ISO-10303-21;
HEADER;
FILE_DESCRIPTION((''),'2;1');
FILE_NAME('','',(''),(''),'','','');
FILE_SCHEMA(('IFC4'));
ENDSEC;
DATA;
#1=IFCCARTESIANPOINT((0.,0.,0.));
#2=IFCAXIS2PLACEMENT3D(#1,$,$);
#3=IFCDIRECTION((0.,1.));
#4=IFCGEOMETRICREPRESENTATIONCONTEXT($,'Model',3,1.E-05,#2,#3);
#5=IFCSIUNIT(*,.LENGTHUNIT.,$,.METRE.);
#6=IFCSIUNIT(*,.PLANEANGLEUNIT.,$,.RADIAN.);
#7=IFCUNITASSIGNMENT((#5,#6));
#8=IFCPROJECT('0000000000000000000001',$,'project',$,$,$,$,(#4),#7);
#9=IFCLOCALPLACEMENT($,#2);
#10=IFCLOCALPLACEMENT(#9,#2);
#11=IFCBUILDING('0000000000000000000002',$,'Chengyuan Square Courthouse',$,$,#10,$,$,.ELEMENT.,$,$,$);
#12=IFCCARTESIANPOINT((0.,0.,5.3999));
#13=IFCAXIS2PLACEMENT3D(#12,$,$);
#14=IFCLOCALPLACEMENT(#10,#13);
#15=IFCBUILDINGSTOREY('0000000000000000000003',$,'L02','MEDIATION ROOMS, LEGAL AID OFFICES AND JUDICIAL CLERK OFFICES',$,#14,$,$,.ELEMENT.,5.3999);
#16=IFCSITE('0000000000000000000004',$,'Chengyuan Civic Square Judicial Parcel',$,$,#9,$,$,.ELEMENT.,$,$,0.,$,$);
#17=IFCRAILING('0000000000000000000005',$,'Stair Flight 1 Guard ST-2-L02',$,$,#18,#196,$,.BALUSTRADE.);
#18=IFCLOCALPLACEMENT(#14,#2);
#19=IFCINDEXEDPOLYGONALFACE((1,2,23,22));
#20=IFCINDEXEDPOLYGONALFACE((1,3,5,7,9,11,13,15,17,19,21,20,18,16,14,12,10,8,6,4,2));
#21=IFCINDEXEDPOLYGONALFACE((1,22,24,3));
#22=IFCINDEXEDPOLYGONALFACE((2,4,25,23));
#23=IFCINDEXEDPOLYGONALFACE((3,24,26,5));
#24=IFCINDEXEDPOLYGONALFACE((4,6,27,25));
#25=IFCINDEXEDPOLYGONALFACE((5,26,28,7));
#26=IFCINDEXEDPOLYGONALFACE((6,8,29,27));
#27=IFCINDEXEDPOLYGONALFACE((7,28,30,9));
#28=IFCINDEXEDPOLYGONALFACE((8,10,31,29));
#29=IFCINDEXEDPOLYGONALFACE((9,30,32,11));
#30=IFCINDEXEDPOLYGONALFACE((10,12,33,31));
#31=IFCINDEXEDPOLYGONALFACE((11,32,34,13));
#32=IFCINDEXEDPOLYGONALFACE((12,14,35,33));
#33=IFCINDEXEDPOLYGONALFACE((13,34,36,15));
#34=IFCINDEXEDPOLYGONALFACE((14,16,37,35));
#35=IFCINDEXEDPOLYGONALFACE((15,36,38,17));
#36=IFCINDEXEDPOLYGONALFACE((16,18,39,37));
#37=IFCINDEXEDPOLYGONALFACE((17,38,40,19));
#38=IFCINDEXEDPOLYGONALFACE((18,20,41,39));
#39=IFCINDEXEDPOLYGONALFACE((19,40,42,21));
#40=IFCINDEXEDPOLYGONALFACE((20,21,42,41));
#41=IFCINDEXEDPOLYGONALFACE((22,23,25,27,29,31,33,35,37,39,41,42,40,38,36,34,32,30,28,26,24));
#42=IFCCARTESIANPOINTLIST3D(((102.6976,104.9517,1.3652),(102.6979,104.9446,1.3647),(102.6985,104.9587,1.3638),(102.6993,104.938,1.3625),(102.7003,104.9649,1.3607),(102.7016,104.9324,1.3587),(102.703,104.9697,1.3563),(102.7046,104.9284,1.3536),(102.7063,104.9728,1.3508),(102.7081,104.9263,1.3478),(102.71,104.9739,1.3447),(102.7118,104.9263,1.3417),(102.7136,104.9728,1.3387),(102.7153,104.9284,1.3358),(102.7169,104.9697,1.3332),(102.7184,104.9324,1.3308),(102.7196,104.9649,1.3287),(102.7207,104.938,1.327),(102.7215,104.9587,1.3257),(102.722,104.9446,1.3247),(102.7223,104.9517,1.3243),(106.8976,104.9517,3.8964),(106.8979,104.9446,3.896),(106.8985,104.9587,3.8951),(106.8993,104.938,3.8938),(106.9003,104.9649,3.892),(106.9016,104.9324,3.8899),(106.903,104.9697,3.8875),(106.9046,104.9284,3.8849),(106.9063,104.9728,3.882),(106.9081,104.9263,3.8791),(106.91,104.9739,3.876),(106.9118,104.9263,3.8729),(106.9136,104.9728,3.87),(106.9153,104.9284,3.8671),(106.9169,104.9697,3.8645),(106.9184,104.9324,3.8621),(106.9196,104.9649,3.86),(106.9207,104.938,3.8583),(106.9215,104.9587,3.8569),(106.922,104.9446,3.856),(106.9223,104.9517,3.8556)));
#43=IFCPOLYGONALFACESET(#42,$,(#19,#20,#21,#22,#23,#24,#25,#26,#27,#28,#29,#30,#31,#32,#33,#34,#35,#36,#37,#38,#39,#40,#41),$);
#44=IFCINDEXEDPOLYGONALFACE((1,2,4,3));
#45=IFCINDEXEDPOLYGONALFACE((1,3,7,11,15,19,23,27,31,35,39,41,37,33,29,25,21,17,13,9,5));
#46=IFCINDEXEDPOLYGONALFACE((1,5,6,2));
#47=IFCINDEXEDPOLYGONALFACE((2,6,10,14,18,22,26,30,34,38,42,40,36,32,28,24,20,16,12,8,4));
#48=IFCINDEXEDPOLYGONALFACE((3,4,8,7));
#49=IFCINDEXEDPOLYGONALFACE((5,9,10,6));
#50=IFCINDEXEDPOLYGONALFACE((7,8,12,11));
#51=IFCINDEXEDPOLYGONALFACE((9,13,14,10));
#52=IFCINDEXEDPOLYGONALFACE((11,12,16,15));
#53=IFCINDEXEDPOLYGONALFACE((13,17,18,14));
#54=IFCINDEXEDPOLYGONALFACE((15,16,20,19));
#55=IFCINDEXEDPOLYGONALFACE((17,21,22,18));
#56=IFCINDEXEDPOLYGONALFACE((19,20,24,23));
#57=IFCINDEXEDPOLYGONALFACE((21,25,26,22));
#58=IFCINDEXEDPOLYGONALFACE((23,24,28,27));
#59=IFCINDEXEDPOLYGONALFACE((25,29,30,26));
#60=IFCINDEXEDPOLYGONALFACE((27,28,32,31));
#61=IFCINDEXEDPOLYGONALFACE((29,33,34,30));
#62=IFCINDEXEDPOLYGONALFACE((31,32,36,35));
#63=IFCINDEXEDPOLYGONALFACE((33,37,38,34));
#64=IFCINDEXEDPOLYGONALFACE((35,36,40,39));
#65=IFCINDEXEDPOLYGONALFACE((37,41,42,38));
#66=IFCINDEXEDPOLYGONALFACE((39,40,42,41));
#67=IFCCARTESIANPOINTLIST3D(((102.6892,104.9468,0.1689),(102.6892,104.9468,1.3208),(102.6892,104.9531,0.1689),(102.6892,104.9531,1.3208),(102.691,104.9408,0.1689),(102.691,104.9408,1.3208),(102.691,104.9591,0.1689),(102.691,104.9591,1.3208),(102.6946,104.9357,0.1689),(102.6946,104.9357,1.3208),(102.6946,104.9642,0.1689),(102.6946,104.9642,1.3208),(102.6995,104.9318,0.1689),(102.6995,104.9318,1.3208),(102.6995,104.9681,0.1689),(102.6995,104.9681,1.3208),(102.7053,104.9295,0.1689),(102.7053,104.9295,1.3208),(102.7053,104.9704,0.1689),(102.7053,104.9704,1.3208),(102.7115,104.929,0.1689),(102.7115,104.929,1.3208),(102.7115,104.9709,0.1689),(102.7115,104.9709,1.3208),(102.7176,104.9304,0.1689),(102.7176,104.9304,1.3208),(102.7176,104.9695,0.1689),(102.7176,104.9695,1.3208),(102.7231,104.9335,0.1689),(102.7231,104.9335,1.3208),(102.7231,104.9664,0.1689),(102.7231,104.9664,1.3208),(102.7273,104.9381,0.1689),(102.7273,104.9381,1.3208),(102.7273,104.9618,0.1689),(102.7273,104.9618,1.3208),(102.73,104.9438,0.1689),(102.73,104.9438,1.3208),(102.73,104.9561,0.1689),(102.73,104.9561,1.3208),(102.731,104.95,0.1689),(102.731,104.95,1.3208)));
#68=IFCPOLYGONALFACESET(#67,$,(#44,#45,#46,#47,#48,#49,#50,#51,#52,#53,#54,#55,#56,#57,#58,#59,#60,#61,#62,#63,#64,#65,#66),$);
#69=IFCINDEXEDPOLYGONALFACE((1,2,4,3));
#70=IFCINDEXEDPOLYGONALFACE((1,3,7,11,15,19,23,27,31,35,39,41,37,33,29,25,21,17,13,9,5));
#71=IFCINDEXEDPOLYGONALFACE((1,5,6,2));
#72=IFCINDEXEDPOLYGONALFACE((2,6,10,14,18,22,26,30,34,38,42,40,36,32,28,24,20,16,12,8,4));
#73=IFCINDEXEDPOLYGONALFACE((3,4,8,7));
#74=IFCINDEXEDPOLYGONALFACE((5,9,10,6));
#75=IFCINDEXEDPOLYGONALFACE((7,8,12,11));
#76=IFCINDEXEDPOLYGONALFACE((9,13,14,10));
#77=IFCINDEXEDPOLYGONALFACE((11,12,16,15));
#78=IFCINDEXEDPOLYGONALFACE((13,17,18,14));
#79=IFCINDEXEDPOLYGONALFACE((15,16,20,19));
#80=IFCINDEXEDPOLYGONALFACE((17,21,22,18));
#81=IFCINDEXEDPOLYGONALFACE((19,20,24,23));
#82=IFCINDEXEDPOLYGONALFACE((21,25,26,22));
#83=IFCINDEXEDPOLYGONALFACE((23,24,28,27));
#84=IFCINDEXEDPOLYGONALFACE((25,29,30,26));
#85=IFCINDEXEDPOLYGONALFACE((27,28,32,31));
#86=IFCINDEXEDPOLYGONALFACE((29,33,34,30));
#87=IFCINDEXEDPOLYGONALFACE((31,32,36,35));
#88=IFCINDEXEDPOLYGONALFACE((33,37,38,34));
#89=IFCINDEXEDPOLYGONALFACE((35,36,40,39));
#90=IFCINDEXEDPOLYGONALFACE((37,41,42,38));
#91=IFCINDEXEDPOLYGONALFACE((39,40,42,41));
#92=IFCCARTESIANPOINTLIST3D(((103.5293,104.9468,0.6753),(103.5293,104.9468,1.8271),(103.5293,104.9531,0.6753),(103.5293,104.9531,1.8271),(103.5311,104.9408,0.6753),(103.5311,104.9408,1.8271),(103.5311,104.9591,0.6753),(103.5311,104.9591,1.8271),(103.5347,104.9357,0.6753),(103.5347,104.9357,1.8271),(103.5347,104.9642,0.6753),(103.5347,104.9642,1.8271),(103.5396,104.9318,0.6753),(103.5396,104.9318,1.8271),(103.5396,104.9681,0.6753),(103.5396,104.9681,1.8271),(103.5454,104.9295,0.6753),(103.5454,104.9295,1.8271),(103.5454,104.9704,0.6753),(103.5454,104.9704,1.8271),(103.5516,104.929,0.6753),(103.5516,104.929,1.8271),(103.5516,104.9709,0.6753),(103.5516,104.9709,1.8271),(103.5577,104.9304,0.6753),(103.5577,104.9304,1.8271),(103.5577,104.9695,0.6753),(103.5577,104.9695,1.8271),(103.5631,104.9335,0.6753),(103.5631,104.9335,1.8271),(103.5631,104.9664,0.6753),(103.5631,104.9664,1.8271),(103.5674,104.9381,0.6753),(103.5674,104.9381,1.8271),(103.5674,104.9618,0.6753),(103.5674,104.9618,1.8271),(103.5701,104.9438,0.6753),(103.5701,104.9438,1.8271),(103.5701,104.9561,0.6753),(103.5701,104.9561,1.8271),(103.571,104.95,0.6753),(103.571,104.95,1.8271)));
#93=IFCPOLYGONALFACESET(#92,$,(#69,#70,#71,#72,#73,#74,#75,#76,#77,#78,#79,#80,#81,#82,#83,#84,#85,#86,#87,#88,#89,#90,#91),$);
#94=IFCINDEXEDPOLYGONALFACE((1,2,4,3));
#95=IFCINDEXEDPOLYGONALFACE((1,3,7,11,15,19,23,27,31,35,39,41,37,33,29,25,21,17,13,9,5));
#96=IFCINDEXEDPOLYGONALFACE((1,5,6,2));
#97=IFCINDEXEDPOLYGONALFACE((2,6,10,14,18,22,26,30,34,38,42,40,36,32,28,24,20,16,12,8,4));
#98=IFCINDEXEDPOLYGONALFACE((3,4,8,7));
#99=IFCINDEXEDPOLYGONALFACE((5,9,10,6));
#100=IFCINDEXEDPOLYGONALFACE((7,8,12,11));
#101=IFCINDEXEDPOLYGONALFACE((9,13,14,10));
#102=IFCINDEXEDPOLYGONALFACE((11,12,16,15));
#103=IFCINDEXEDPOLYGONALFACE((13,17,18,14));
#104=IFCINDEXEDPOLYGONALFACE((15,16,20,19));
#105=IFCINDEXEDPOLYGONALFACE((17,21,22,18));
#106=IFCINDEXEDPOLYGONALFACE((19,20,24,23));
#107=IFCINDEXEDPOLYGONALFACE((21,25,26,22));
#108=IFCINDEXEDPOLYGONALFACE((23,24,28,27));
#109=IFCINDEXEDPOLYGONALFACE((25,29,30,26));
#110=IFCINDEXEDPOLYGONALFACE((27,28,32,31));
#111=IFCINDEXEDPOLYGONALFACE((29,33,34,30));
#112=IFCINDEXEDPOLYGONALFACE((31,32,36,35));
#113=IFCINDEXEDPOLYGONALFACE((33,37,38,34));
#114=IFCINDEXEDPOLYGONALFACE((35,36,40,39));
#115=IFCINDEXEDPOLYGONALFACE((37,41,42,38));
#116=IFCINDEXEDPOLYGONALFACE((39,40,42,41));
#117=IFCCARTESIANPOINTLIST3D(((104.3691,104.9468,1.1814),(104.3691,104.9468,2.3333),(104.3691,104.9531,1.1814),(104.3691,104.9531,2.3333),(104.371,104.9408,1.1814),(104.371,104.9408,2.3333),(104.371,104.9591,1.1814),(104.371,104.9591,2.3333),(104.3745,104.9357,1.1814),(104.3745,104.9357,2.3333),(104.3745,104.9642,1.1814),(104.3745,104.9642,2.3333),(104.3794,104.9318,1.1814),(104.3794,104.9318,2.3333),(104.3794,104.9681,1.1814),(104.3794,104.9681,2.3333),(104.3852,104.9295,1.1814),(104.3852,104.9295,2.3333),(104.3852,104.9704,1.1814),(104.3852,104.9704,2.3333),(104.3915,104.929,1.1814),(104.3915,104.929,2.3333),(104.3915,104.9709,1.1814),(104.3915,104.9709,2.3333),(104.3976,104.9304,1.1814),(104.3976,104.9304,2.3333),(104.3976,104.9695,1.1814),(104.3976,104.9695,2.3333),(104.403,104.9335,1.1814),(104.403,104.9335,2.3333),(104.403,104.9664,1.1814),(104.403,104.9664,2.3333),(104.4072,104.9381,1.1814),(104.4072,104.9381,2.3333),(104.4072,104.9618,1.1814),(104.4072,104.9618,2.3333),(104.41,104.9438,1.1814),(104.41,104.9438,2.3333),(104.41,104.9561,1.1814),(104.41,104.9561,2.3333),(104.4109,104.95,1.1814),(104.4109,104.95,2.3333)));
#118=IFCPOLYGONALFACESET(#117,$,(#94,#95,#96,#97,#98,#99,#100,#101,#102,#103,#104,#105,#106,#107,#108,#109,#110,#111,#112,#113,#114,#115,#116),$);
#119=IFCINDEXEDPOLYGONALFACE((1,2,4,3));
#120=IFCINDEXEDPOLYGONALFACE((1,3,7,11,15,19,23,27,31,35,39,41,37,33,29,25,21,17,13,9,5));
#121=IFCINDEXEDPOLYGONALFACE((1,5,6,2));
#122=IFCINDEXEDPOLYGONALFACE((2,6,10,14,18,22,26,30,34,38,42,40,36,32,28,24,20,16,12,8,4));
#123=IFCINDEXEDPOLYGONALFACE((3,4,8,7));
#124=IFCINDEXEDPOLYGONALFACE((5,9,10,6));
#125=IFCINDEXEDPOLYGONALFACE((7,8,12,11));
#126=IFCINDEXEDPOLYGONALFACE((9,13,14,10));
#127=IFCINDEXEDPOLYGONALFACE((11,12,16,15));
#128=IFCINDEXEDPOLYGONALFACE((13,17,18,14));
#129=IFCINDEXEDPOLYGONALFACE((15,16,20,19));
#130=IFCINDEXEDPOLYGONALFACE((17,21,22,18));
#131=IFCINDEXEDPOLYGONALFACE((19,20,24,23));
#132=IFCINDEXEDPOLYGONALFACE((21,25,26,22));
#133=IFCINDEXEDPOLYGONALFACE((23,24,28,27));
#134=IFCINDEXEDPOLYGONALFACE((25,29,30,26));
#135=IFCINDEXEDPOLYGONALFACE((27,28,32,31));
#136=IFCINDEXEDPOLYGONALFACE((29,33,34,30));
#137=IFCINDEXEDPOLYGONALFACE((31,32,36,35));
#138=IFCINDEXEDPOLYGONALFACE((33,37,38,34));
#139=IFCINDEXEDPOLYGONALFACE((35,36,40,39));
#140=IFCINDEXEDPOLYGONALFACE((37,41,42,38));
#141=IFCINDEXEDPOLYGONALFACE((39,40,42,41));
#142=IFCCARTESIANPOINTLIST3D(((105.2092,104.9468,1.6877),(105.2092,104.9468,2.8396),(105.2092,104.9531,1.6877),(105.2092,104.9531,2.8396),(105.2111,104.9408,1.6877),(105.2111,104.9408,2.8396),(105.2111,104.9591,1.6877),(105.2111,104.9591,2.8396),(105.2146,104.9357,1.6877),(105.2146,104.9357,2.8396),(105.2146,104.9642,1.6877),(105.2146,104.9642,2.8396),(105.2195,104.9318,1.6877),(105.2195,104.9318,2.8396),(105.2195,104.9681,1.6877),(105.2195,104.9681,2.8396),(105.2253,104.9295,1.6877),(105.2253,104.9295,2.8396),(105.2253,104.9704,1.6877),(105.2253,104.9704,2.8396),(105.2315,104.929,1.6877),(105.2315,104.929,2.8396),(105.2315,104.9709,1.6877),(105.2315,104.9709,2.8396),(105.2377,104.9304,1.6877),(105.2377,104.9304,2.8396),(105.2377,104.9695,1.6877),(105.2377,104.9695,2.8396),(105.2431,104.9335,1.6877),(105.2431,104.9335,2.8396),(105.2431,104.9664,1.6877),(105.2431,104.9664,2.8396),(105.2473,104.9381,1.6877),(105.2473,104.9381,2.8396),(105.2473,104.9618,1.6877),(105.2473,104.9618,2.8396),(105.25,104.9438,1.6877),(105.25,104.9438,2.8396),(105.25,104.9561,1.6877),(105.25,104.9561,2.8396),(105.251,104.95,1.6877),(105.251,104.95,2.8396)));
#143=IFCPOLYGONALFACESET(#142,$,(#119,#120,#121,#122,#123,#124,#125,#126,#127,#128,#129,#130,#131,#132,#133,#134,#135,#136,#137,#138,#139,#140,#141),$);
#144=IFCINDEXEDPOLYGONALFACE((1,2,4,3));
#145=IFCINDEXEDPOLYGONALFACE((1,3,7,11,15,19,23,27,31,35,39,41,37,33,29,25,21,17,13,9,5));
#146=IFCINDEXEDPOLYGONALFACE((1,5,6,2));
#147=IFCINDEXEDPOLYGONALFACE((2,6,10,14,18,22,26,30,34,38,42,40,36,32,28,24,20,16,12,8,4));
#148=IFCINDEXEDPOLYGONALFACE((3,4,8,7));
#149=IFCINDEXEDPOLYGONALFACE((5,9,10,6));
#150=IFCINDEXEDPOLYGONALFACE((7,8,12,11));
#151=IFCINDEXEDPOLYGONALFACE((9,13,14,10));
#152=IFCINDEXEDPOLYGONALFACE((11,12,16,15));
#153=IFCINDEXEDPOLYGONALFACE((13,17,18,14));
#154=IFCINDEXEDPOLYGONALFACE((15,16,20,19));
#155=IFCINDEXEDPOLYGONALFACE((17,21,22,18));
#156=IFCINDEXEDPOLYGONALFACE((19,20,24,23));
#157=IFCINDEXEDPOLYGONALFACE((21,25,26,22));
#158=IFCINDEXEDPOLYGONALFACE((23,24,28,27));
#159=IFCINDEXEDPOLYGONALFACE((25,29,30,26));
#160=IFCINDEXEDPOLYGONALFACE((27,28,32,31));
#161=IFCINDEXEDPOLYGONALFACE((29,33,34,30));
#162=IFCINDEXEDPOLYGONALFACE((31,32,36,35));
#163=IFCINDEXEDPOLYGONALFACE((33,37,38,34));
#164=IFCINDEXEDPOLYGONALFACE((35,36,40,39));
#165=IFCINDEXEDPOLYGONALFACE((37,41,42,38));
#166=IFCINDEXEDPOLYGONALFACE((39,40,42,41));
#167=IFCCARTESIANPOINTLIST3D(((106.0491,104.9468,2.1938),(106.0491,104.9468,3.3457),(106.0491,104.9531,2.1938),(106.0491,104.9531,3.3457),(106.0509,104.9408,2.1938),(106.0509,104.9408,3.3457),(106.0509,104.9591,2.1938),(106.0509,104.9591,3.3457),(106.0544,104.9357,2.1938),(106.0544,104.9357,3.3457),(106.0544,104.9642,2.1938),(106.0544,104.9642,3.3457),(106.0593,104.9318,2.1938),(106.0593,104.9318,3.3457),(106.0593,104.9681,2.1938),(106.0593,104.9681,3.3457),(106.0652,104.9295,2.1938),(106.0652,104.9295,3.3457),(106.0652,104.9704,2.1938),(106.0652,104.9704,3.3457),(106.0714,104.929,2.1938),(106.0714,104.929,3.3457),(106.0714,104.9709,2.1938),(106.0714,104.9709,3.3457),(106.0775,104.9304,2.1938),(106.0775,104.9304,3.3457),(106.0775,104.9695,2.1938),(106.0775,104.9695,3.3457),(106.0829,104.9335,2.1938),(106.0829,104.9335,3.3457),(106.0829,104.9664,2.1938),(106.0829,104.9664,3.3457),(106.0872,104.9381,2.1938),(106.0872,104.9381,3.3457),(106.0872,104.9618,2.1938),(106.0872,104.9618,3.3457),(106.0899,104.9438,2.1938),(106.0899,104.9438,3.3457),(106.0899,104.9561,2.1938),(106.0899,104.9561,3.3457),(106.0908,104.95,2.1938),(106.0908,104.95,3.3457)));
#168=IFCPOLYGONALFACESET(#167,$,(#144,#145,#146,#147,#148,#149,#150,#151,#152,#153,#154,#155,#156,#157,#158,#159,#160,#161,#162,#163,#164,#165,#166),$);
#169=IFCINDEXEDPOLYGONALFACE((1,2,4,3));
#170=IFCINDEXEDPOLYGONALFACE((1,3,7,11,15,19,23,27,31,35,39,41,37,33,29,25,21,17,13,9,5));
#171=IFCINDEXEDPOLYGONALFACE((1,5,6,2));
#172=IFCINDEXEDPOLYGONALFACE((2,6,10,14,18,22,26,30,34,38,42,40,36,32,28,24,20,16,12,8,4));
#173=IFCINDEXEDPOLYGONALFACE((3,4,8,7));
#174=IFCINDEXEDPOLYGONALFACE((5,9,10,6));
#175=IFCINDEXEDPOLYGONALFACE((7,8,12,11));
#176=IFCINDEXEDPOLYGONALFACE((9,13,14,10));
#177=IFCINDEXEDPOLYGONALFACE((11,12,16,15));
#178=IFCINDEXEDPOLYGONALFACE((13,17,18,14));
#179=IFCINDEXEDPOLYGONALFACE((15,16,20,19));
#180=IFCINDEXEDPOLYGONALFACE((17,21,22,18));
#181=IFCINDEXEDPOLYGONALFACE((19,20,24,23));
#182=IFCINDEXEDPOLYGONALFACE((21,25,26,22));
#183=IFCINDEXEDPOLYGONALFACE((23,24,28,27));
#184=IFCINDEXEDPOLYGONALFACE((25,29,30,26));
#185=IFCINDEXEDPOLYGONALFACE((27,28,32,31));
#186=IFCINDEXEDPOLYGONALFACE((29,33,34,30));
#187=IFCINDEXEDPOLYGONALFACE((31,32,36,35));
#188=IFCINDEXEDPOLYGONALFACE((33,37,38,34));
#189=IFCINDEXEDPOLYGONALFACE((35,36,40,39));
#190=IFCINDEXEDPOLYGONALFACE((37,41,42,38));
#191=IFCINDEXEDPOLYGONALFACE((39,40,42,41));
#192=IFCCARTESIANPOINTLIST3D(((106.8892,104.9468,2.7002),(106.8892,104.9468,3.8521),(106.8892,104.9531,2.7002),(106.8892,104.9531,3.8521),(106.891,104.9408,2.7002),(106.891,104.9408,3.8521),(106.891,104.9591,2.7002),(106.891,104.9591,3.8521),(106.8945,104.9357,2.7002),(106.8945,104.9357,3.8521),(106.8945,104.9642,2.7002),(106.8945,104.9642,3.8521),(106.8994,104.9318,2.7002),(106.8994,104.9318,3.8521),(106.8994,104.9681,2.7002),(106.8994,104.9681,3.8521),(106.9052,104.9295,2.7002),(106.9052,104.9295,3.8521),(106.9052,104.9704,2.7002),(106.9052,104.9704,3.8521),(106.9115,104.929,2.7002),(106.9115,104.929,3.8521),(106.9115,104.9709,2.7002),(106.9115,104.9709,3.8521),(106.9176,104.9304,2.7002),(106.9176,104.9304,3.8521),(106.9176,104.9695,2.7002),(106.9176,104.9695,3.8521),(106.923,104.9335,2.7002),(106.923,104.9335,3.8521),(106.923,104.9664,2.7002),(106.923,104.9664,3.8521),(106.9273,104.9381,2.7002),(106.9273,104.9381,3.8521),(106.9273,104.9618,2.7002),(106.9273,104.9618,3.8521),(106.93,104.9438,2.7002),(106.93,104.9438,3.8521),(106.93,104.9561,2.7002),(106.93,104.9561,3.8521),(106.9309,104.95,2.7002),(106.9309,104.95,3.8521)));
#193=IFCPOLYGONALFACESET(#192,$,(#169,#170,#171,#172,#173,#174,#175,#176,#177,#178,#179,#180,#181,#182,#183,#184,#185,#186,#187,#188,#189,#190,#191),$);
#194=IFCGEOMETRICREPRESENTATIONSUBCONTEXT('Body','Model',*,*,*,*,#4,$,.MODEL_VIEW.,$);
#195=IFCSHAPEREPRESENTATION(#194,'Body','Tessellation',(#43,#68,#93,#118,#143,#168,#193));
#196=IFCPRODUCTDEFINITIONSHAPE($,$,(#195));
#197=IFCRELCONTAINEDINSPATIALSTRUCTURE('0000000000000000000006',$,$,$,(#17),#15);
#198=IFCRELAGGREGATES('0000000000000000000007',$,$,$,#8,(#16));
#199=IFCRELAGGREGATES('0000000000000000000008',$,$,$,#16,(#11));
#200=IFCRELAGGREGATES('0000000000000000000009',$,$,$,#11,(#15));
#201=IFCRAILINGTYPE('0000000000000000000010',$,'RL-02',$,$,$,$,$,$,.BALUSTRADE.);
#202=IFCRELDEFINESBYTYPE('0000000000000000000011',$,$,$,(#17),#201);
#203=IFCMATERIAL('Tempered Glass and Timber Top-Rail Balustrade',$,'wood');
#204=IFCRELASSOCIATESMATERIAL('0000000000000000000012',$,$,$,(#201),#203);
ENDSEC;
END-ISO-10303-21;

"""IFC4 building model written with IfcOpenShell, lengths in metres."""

from ifc_helpers import new_model, si_unit, direction, frame, origin, origin_2d, place, context, subcontext, project, spatial, circle, extrude, material, type_object, element, save


model = new_model("IFC4")

# Units and contexts
model_context = context("Model", 3, precision=1e-05, world=origin(), true_north=direction((0.0, 1.0)))
body_context = subcontext(model_context, "Body", "Model", "MODEL_VIEW")
ifc_project = project(units=[si_unit("LENGTHUNIT", "METRE"), si_unit("PLANEANGLEUNIT", "RADIAN")], contexts=[model_context])

# Site, building, storey
site_placement = place(None, origin())
site = spatial("IfcSite", under=ifc_project, at=site_placement, Name="Chengyuan Civic Square Judicial Parcel", CompositionType="ELEMENT", RefElevation=0.0)
building_placement = place(site_placement, origin())
building = spatial("IfcBuilding", under=site, at=building_placement, Name="Chengyuan Square Courthouse", CompositionType="ELEMENT")
storey_placement = place(building_placement, frame((0.0, 0.0, 5.3999)))
storey = spatial("IfcBuildingStorey", under=building, at=storey_placement, Name="L02", Description="MEDIATION ROOMS, LEGAL AID OFFICES AND JUDICIAL CLERK OFFICES", CompositionType="ELEMENT", Elevation=5.3999)

# Railing
ifc_material_1 = material(Name="Tempered Glass and Timber Top-Rail Balustrade", Category="wood")
railing_type_1 = type_object("IfcRailingType", Name="RL-02", PredefinedType="BALUSTRADE", material=ifc_material_1)
railing_1_placement = place(storey_placement, frame((102.71, 104.95, 0.1689)))
element("IfcRailing", 1, at=railing_1_placement, inside=storey, type_object=railing_type_1, Name="Stair Flight 1 Guard ST-2-L02", PredefinedType="BALUSTRADE", context=body_context, shape_type="SweptSolid", body=[
    extrude(circle(Radius=0.0239, at=origin_2d()), frame((0.0, 0.0, 1.1758), z_axis=(0.856476, 0.0, 0.516186), x_axis=(0.0, 1.0, 0.0)), (0.0, 0.0, 1.0), 4.9038),
    extrude(circle(Radius=0.021, at=origin_2d()), origin(), (0.0, 0.0, 1.0), 1.1519),
    extrude(circle(Radius=0.021, at=origin_2d()), frame((0.8401, 0.0, 0.5063)), (0.0, 0.0, 1.0), 1.1519),
    extrude(circle(Radius=0.021, at=origin_2d()), frame((1.6799, 0.0, 1.0125)), (0.0, 0.0, 1.0), 1.1519),
    extrude(circle(Radius=0.021, at=origin_2d()), frame((2.52, 0.0, 1.5188)), (0.0, 0.0, 1.0), 1.1519),
    extrude(circle(Radius=0.021, at=origin_2d()), frame((3.3599, 0.0, 2.0249)), (0.0, 0.0, 1.0), 1.1519),
    extrude(circle(Radius=0.021, at=origin_2d()), frame((4.2, 0.0, 2.5312)), (0.0, 0.0, 1.0), 1.1519),
])

save(model, "model.ifc")
